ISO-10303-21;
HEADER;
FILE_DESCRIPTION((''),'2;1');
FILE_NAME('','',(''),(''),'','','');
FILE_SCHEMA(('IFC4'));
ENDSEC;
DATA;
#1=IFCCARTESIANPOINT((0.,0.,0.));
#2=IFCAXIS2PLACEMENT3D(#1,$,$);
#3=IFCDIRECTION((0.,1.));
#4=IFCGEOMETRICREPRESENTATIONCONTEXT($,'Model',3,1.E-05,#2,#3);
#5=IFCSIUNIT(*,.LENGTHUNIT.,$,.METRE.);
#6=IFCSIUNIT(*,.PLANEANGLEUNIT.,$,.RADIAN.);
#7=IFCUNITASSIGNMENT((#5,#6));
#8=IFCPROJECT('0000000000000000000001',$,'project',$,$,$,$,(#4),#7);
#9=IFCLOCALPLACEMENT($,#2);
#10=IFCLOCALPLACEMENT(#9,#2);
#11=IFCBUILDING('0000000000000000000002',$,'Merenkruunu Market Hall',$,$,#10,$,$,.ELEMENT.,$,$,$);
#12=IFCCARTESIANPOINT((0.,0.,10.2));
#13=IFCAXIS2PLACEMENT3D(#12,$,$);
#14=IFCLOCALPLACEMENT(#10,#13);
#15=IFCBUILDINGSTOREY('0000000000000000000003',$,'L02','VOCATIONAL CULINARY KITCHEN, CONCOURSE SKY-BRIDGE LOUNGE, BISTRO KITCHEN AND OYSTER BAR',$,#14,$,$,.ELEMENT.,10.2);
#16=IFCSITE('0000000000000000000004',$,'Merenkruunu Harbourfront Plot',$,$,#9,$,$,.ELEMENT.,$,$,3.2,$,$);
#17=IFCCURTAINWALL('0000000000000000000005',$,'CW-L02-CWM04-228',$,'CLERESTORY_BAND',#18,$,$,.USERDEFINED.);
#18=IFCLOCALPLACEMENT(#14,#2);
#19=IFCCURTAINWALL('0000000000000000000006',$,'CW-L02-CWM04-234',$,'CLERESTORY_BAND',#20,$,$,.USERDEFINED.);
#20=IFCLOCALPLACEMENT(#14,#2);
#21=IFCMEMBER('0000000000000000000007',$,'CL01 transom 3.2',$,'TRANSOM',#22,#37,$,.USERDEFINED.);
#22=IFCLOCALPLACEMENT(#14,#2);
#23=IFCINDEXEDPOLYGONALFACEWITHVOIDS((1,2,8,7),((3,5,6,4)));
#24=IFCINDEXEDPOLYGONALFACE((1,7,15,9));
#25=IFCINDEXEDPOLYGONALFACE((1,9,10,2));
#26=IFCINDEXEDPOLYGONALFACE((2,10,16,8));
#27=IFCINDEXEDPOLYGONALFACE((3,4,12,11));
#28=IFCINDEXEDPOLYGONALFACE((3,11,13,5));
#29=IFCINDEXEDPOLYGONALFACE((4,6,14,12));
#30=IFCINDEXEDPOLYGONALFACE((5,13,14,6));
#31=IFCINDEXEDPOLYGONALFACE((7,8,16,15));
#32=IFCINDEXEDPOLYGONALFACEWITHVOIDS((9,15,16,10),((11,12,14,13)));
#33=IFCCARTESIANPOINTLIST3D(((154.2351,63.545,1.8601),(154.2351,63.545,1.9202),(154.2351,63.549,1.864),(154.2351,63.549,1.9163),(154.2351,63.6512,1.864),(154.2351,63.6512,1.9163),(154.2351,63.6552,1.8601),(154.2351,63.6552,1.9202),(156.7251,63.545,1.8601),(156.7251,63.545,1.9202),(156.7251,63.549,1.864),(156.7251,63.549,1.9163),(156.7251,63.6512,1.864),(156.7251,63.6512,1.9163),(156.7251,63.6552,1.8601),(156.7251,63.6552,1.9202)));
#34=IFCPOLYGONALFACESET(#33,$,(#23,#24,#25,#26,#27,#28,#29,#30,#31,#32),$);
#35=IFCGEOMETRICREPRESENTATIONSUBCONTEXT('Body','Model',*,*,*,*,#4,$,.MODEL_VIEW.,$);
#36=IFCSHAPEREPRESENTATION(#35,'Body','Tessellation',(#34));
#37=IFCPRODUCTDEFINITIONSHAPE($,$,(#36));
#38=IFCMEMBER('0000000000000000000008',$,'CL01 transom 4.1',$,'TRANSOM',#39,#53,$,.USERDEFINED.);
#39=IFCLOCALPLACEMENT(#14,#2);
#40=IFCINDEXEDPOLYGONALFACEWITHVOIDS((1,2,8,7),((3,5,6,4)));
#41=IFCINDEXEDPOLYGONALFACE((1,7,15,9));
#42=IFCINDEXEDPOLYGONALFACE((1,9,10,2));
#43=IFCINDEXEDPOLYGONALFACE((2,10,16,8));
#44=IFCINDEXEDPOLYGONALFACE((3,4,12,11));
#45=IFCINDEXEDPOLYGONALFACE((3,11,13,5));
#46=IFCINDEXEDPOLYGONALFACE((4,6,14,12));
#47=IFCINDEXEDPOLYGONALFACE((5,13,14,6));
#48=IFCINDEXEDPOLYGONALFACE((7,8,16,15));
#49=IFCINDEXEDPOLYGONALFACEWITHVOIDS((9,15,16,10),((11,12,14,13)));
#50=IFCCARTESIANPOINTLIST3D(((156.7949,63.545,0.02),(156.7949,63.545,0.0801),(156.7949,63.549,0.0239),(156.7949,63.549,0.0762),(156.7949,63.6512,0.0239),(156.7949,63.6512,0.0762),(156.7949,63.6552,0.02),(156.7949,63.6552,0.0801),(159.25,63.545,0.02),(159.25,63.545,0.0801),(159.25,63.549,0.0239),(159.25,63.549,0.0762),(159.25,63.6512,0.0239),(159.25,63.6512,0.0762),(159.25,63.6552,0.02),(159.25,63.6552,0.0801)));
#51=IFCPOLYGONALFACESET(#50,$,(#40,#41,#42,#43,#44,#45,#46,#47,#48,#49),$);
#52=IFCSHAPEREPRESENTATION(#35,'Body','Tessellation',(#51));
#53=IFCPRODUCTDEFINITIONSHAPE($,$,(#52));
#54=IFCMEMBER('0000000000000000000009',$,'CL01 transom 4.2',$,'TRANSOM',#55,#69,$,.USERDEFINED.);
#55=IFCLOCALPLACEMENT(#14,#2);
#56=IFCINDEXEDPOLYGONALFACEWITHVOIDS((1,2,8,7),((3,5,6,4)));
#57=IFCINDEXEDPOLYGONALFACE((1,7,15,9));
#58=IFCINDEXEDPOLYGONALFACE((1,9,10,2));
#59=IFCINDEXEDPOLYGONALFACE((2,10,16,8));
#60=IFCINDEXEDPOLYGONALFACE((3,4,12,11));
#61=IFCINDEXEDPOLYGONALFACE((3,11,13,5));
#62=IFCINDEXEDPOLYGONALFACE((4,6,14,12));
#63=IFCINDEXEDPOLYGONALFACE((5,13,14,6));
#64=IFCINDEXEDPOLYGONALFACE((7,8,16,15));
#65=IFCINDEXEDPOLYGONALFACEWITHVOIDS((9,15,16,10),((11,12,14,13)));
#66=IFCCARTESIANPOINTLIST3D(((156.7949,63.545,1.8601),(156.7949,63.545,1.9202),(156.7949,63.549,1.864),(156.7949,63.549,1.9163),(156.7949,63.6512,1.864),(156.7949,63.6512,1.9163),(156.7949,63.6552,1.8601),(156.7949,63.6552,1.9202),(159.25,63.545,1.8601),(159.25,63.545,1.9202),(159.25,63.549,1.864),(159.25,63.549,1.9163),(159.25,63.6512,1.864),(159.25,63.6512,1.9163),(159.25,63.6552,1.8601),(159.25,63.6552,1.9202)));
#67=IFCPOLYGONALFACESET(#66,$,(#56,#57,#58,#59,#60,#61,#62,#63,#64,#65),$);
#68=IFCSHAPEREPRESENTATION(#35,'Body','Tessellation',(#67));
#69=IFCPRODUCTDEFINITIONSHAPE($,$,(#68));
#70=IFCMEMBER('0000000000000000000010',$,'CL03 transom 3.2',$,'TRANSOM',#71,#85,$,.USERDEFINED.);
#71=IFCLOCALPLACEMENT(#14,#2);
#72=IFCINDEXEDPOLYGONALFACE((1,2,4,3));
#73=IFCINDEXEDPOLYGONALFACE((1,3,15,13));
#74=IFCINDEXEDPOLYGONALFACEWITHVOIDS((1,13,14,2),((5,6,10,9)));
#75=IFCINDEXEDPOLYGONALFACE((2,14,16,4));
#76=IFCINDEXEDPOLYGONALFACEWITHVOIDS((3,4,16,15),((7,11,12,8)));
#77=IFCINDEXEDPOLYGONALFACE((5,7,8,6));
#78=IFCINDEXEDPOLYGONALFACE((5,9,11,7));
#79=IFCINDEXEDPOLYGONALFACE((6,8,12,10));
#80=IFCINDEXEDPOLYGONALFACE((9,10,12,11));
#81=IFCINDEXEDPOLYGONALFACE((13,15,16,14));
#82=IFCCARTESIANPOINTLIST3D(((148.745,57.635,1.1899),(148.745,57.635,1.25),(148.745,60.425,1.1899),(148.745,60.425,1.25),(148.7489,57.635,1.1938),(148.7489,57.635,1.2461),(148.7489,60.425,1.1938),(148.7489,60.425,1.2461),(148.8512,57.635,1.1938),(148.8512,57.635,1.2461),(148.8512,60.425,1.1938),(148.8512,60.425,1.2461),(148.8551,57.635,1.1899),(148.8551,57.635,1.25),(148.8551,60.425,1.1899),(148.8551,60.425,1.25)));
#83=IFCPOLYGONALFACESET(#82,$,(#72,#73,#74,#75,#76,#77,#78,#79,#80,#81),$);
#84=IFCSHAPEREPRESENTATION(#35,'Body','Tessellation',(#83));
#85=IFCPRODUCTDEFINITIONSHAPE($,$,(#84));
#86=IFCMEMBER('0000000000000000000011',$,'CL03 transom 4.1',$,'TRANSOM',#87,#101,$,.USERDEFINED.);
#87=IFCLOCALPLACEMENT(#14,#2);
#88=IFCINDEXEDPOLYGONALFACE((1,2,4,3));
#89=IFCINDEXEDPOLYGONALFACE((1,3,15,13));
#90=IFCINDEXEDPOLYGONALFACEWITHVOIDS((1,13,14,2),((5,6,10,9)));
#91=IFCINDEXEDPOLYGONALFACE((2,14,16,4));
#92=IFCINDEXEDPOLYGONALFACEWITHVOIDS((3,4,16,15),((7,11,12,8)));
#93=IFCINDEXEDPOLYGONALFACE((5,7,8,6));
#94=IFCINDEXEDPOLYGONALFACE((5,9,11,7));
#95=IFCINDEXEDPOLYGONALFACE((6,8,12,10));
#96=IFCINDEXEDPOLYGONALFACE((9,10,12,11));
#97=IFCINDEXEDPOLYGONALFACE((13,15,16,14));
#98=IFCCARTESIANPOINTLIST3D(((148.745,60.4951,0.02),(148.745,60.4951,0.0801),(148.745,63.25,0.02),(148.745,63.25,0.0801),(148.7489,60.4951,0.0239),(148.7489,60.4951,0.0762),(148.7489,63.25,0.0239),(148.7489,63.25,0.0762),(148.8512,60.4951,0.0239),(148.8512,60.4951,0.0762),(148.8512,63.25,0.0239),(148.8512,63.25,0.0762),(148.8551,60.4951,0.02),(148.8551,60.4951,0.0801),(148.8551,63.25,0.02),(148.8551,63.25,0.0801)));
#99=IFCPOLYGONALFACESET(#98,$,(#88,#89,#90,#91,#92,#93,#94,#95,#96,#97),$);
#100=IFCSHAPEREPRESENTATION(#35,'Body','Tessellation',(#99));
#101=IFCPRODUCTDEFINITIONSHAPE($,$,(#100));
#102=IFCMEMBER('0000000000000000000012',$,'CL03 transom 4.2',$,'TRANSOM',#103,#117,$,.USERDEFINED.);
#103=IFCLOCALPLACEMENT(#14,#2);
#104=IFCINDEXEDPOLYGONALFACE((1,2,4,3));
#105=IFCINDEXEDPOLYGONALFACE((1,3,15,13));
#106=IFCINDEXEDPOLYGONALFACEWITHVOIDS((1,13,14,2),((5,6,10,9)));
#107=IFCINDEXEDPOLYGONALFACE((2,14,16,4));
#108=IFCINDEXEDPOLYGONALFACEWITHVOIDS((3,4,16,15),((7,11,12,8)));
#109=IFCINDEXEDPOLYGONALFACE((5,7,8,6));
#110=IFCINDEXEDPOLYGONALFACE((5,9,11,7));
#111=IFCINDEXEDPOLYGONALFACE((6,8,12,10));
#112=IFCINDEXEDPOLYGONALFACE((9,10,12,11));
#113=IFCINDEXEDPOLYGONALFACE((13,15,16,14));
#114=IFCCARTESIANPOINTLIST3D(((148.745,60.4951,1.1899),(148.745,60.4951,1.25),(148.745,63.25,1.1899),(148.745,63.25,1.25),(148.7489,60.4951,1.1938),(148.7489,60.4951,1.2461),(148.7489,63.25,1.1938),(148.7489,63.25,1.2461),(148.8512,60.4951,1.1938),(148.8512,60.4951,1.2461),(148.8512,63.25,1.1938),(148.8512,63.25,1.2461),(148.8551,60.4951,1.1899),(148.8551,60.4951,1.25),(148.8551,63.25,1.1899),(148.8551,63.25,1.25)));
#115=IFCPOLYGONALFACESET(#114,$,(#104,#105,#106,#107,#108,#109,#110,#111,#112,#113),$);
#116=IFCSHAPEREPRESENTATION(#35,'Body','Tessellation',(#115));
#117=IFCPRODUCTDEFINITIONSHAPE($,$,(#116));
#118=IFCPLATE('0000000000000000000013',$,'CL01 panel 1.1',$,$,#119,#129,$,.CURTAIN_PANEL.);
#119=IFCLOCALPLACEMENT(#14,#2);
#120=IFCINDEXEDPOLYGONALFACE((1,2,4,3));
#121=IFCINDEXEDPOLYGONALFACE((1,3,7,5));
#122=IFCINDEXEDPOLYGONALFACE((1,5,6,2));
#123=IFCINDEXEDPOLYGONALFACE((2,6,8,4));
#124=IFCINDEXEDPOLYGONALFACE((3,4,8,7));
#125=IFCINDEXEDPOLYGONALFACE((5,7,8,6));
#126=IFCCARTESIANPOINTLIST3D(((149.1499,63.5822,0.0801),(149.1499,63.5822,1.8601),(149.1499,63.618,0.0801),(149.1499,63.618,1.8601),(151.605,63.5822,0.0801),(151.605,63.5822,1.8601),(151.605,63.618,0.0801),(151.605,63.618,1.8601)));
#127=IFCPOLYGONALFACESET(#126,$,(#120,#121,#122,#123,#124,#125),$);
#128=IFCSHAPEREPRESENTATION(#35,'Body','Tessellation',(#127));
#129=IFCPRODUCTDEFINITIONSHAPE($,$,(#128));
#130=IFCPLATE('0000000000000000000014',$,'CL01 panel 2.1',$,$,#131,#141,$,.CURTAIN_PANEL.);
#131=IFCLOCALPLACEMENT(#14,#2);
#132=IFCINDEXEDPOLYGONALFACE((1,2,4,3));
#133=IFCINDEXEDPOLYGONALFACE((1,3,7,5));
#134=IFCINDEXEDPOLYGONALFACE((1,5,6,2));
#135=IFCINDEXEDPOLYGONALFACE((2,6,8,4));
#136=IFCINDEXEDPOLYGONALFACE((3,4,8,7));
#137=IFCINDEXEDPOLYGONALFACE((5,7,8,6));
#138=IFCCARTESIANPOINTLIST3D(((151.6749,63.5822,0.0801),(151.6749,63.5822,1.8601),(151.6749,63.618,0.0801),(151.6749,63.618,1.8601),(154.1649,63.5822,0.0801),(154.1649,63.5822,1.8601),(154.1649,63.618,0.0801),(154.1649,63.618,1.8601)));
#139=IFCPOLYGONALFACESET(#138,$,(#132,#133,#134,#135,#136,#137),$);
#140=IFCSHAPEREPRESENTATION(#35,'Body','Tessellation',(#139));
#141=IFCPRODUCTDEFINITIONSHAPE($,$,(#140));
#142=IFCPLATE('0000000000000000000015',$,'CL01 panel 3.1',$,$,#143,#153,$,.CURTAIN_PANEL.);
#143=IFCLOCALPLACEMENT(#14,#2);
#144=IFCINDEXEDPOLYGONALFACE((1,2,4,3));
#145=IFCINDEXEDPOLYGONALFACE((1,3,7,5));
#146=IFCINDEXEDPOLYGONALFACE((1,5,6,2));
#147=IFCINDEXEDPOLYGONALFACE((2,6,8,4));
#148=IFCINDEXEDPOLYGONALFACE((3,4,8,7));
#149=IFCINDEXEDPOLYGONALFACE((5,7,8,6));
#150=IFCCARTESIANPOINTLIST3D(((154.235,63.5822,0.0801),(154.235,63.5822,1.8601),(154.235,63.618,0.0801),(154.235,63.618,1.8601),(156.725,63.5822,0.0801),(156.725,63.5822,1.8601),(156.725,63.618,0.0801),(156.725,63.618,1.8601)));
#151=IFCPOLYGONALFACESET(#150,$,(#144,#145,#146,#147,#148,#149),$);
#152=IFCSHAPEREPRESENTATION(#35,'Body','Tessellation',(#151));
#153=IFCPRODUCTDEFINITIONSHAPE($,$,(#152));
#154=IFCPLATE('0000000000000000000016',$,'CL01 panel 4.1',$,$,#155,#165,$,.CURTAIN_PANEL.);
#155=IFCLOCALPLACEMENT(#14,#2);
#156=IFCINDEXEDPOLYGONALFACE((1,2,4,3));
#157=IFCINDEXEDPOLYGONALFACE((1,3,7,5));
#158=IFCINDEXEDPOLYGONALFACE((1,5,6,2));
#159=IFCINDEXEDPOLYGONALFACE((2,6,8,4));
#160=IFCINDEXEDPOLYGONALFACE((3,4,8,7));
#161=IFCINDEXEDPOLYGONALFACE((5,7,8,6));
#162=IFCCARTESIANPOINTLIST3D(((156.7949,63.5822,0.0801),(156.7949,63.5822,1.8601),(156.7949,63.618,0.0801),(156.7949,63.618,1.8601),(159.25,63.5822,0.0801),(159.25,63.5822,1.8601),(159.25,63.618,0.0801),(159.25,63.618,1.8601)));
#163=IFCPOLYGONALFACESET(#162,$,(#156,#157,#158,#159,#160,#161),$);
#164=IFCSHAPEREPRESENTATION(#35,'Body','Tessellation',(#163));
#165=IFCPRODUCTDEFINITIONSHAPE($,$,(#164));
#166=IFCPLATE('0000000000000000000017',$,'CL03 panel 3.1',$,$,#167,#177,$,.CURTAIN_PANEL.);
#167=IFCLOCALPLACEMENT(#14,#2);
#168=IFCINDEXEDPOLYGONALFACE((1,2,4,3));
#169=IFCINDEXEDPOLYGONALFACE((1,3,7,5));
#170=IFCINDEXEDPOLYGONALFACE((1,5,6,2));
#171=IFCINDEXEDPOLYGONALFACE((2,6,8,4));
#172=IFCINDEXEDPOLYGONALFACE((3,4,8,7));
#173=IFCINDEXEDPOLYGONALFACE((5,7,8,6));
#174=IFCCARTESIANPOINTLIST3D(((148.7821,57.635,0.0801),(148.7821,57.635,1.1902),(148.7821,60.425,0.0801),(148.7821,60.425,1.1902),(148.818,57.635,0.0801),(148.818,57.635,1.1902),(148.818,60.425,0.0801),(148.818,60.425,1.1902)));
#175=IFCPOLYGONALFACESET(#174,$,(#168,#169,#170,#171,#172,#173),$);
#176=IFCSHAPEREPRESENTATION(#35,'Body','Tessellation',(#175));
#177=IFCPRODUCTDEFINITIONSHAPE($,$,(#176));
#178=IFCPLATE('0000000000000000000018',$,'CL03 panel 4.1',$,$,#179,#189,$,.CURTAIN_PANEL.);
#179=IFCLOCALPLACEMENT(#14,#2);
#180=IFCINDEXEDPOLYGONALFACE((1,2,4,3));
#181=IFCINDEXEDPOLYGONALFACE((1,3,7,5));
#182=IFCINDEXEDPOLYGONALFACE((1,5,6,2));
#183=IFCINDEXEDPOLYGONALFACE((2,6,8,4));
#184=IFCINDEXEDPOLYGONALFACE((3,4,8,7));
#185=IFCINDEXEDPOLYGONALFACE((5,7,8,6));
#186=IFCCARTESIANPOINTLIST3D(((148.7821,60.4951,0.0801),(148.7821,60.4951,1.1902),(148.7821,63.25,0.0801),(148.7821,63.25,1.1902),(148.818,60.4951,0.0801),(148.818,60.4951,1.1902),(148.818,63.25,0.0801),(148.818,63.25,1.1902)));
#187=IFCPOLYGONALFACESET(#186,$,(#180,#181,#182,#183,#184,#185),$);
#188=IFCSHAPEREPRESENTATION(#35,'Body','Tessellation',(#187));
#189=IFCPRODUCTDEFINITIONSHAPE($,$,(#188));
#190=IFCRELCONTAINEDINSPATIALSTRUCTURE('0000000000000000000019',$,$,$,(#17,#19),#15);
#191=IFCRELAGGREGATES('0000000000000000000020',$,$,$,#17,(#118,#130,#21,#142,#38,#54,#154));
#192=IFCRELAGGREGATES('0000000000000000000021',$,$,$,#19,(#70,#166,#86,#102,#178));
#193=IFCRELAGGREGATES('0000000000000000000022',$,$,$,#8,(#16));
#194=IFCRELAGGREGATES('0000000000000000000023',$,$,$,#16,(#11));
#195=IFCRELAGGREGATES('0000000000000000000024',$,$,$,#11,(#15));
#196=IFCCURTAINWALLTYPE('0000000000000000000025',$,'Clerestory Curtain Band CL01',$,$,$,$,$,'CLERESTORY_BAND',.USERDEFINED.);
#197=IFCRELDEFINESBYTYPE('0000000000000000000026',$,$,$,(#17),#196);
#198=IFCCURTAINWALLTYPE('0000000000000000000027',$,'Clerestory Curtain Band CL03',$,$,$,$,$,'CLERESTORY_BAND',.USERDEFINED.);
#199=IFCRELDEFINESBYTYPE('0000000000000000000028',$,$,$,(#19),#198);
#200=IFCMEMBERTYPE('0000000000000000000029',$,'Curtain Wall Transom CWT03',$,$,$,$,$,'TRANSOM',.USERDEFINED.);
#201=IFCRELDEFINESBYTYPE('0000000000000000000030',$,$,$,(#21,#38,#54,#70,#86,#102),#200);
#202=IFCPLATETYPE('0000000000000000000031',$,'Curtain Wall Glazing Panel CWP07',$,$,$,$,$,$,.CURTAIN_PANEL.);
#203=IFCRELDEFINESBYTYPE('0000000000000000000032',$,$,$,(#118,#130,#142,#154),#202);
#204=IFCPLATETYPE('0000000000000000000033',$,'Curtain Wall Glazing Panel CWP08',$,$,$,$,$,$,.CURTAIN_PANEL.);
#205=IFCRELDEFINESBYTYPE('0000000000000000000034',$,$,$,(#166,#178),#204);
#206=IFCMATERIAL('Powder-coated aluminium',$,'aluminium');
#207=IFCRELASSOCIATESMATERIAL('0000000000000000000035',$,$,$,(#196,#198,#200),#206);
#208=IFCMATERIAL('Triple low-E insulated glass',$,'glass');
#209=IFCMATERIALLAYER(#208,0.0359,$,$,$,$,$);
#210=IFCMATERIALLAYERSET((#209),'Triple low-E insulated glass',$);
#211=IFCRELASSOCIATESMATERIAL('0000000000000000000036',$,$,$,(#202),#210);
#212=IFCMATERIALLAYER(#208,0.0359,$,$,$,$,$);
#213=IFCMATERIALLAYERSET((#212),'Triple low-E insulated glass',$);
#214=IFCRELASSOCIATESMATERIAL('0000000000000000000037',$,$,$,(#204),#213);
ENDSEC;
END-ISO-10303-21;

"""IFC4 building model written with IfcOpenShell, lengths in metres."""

from ifc_helpers import new_model, si_unit, direction, frame, origin, origin_2d, place, context, subcontext, project, spatial, rectangle, hollow_rectangle, extrude, material, layer, layer_set, material_profile, profile_set, type_object, element, aggregate, save


model = new_model("IFC4")

# Units and contexts
model_context = context("Model", 3, precision=1e-05, world=origin(), true_north=direction((0.0, 1.0)))
body_context = subcontext(model_context, "Body", "Model", "MODEL_VIEW")
ifc_project = project(units=[si_unit("LENGTHUNIT", "METRE"), si_unit("PLANEANGLEUNIT", "RADIAN")], contexts=[model_context])

# Site, building, storey
site_placement = place(None, origin())
site = spatial("IfcSite", under=ifc_project, at=site_placement, Name="Merenkruunu Harbourfront Plot", CompositionType="ELEMENT", RefElevation=3.2)
building_placement = place(site_placement, origin())
building = spatial("IfcBuilding", under=site, at=building_placement, Name="Merenkruunu Market Hall", CompositionType="ELEMENT")
storey_placement = place(building_placement, frame((0.0, 0.0, 10.2)))
storey = spatial("IfcBuildingStorey", under=building, at=storey_placement, Name="L02", Description="VOCATIONAL CULINARY KITCHEN, CONCOURSE SKY-BRIDGE LOUNGE, BISTRO KITCHEN AND OYSTER BAR", CompositionType="ELEMENT", Elevation=10.2)

# Curtain walls
ifc_material_1 = material(Name="Powder-coated aluminium", Category="aluminium")
curtain_wall_type_1 = type_object("IfcCurtainWallType", Name="Clerestory Curtain Band CL01", ElementType="CLERESTORY_BAND", PredefinedType="USERDEFINED", material=ifc_material_1)
curtain_wall_1_placement = place(storey_placement, origin())
curtain_wall_1 = element("IfcCurtainWall", 1, at=curtain_wall_1_placement, inside=storey, type_object=curtain_wall_type_1, Name="CW-L02-CWM04-228", ObjectType="CLERESTORY_BAND", PredefinedType="USERDEFINED")
curtain_wall_type_2 = type_object("IfcCurtainWallType", Name="Clerestory Curtain Band CL03", ElementType="CLERESTORY_BAND", PredefinedType="USERDEFINED", material=ifc_material_1)
curtain_wall_2_placement = place(storey_placement, origin())
curtain_wall_2 = element("IfcCurtainWall", 2, at=curtain_wall_2_placement, inside=storey, type_object=curtain_wall_type_2, Name="CW-L02-CWM04-234", ObjectType="CLERESTORY_BAND", PredefinedType="USERDEFINED")

# Members
ifc_material_profile_1 = material_profile(ifc_material_1, hollow_rectangle(XDim=0.0601, YDim=0.1101, WallThickness=0.0039, at=origin_2d()), Name="ALU 60x110x4")
ifc_profile_set_1 = profile_set([ifc_material_profile_1], Name="Powder-coated aluminium")
member_type_1 = type_object("IfcMemberType", Name="Curtain Wall Transom CWT03", ElementType="TRANSOM", PredefinedType="USERDEFINED", material=ifc_profile_set_1)
member_1_placement = place(storey_placement, frame((154.2351, 63.6001, 1.8901), z_axis=(1.0, 0.0, 0.0), x_axis=(0.0, 0.0, 1.0)))
member_1 = element("IfcMember", 3, at=member_1_placement, type_object=member_type_1, Name="CL01 transom 3.2", ObjectType="TRANSOM", PredefinedType="USERDEFINED", context=body_context, shape_type="SweptSolid", body=[
    extrude(hollow_rectangle(XDim=0.0601, YDim=0.1101, WallThickness=0.0039, at=origin_2d()), origin(), (0.0, 0.0, 1.0), 2.49),
])
member_2_placement = place(storey_placement, frame((156.7949, 63.6001, 0.05), z_axis=(1.0, 0.0, 0.0), x_axis=(0.0, 0.0, 1.0)))
member_2 = element("IfcMember", 4, at=member_2_placement, type_object=member_type_1, Name="CL01 transom 4.1", ObjectType="TRANSOM", PredefinedType="USERDEFINED", context=body_context, shape_type="SweptSolid", body=[
    extrude(hollow_rectangle(XDim=0.0601, YDim=0.1101, WallThickness=0.0039, at=origin_2d()), origin(), (0.0, 0.0, 1.0), 2.4551),
])
member_3_placement = place(storey_placement, frame((156.7949, 63.6001, 1.8901), z_axis=(1.0, 0.0, 0.0), x_axis=(0.0, 0.0, 1.0)))
member_3 = element("IfcMember", 5, at=member_3_placement, type_object=member_type_1, Name="CL01 transom 4.2", ObjectType="TRANSOM", PredefinedType="USERDEFINED", context=body_context, shape_type="SweptSolid", body=[
    extrude(hollow_rectangle(XDim=0.0601, YDim=0.1101, WallThickness=0.0039, at=origin_2d()), origin(), (0.0, 0.0, 1.0), 2.4551),
])
member_4_placement = place(storey_placement, frame((148.8, 57.635, 1.22), z_axis=(0.0, 1.0, 0.0), x_axis=(0.0, 0.0, 1.0)))
member_4 = element("IfcMember", 6, at=member_4_placement, type_object=member_type_1, Name="CL03 transom 3.2", ObjectType="TRANSOM", PredefinedType="USERDEFINED", context=body_context, shape_type="SweptSolid", body=[
    extrude(hollow_rectangle(XDim=0.0601, YDim=0.1101, WallThickness=0.0039, at=origin_2d()), origin(), (0.0, 0.0, 1.0), 2.79),
])
member_5_placement = place(storey_placement, frame((148.8, 60.4951, 0.05), z_axis=(0.0, 1.0, 0.0), x_axis=(0.0, 0.0, 1.0)))
member_5 = element("IfcMember", 7, at=member_5_placement, type_object=member_type_1, Name="CL03 transom 4.1", ObjectType="TRANSOM", PredefinedType="USERDEFINED", context=body_context, shape_type="SweptSolid", body=[
    extrude(hollow_rectangle(XDim=0.0601, YDim=0.1101, WallThickness=0.0039, at=origin_2d()), origin(), (0.0, 0.0, 1.0), 2.7549),
])
member_6_placement = place(storey_placement, frame((148.8, 60.4951, 1.22), z_axis=(0.0, 1.0, 0.0), x_axis=(0.0, 0.0, 1.0)))
member_6 = element("IfcMember", 8, at=member_6_placement, type_object=member_type_1, Name="CL03 transom 4.2", ObjectType="TRANSOM", PredefinedType="USERDEFINED", context=body_context, shape_type="SweptSolid", body=[
    extrude(hollow_rectangle(XDim=0.0601, YDim=0.1101, WallThickness=0.0039, at=origin_2d()), origin(), (0.0, 0.0, 1.0), 2.7549),
])

# Plates
ifc_material_2 = material(Name="Triple low-E insulated glass", Category="glass")
ifc_layer_1 = layer(ifc_material_2, 0.0359)
ifc_layer_set_1 = layer_set([ifc_layer_1], Name="Triple low-E insulated glass")
plate_type_1 = type_object("IfcPlateType", Name="Curtain Wall Glazing Panel CWP07", PredefinedType="CURTAIN_PANEL", material=ifc_layer_set_1)
plate_1_placement = place(storey_placement, frame((150.3774, 63.6001, 0.0801), z_axis=(0.0, 0.0, 1.0), x_axis=(1.0, 0.0, 0.0)))
plate_1 = element("IfcPlate", 9, at=plate_1_placement, type_object=plate_type_1, Name="CL01 panel 1.1", PredefinedType="CURTAIN_PANEL", context=body_context, shape_type="SweptSolid", body=[
    extrude(rectangle(XDim=2.4551, YDim=0.0359, at=origin_2d()), origin(), (0.0, 0.0, 1.0), 1.78),
])
plate_2_placement = place(storey_placement, frame((152.9199, 63.6001, 0.0801), z_axis=(0.0, 0.0, 1.0), x_axis=(1.0, 0.0, 0.0)))
plate_2 = element("IfcPlate", 10, at=plate_2_placement, type_object=plate_type_1, Name="CL01 panel 2.1", PredefinedType="CURTAIN_PANEL", context=body_context, shape_type="SweptSolid", body=[
    extrude(rectangle(XDim=2.49, YDim=0.0359, at=origin_2d()), origin(), (0.0, 0.0, 1.0), 1.78),
])
plate_3_placement = place(storey_placement, frame((155.48, 63.6001, 0.0801), z_axis=(0.0, 0.0, 1.0), x_axis=(1.0, 0.0, 0.0)))
plate_3 = element("IfcPlate", 11, at=plate_3_placement, type_object=plate_type_1, Name="CL01 panel 3.1", PredefinedType="CURTAIN_PANEL", context=body_context, shape_type="SweptSolid", body=[
    extrude(rectangle(XDim=2.49, YDim=0.0359, at=origin_2d()), origin(), (0.0, 0.0, 1.0), 1.78),
])
plate_4_placement = place(storey_placement, frame((158.0225, 63.6001, 0.0801), z_axis=(0.0, 0.0, 1.0), x_axis=(1.0, 0.0, 0.0)))
plate_4 = element("IfcPlate", 12, at=plate_4_placement, type_object=plate_type_1, Name="CL01 panel 4.1", PredefinedType="CURTAIN_PANEL", context=body_context, shape_type="SweptSolid", body=[
    extrude(rectangle(XDim=2.4551, YDim=0.0359, at=origin_2d()), origin(), (0.0, 0.0, 1.0), 1.78),
])
aggregate(curtain_wall_1, [plate_1, plate_2, member_1, plate_3, member_2, member_3, plate_4])
ifc_layer_2 = layer(ifc_material_2, 0.0359)
ifc_layer_set_2 = layer_set([ifc_layer_2], Name="Triple low-E insulated glass")
plate_type_2 = type_object("IfcPlateType", Name="Curtain Wall Glazing Panel CWP08", PredefinedType="CURTAIN_PANEL", material=ifc_layer_set_2)
plate_5_placement = place(storey_placement, frame((148.8, 59.03, 0.0801), z_axis=(0.0, 0.0, 1.0), x_axis=(0.0, 1.0, 0.0)))
plate_5 = element("IfcPlate", 13, at=plate_5_placement, type_object=plate_type_2, Name="CL03 panel 3.1", PredefinedType="CURTAIN_PANEL", context=body_context, shape_type="SweptSolid", body=[
    extrude(rectangle(XDim=2.79, YDim=0.0359, at=origin_2d()), origin(), (0.0, 0.0, 1.0), 1.1101),
])
plate_6_placement = place(storey_placement, frame((148.8, 61.8726, 0.0801), z_axis=(0.0, 0.0, 1.0), x_axis=(0.0, 1.0, 0.0)))
plate_6 = element("IfcPlate", 14, at=plate_6_placement, type_object=plate_type_2, Name="CL03 panel 4.1", PredefinedType="CURTAIN_PANEL", context=body_context, shape_type="SweptSolid", body=[
    extrude(rectangle(XDim=2.7549, YDim=0.0359, at=origin_2d()), origin(), (0.0, 0.0, 1.0), 1.1101),
])
aggregate(curtain_wall_2, [member_4, plate_5, member_5, member_6, plate_6])

save(model, "model.ifc")
